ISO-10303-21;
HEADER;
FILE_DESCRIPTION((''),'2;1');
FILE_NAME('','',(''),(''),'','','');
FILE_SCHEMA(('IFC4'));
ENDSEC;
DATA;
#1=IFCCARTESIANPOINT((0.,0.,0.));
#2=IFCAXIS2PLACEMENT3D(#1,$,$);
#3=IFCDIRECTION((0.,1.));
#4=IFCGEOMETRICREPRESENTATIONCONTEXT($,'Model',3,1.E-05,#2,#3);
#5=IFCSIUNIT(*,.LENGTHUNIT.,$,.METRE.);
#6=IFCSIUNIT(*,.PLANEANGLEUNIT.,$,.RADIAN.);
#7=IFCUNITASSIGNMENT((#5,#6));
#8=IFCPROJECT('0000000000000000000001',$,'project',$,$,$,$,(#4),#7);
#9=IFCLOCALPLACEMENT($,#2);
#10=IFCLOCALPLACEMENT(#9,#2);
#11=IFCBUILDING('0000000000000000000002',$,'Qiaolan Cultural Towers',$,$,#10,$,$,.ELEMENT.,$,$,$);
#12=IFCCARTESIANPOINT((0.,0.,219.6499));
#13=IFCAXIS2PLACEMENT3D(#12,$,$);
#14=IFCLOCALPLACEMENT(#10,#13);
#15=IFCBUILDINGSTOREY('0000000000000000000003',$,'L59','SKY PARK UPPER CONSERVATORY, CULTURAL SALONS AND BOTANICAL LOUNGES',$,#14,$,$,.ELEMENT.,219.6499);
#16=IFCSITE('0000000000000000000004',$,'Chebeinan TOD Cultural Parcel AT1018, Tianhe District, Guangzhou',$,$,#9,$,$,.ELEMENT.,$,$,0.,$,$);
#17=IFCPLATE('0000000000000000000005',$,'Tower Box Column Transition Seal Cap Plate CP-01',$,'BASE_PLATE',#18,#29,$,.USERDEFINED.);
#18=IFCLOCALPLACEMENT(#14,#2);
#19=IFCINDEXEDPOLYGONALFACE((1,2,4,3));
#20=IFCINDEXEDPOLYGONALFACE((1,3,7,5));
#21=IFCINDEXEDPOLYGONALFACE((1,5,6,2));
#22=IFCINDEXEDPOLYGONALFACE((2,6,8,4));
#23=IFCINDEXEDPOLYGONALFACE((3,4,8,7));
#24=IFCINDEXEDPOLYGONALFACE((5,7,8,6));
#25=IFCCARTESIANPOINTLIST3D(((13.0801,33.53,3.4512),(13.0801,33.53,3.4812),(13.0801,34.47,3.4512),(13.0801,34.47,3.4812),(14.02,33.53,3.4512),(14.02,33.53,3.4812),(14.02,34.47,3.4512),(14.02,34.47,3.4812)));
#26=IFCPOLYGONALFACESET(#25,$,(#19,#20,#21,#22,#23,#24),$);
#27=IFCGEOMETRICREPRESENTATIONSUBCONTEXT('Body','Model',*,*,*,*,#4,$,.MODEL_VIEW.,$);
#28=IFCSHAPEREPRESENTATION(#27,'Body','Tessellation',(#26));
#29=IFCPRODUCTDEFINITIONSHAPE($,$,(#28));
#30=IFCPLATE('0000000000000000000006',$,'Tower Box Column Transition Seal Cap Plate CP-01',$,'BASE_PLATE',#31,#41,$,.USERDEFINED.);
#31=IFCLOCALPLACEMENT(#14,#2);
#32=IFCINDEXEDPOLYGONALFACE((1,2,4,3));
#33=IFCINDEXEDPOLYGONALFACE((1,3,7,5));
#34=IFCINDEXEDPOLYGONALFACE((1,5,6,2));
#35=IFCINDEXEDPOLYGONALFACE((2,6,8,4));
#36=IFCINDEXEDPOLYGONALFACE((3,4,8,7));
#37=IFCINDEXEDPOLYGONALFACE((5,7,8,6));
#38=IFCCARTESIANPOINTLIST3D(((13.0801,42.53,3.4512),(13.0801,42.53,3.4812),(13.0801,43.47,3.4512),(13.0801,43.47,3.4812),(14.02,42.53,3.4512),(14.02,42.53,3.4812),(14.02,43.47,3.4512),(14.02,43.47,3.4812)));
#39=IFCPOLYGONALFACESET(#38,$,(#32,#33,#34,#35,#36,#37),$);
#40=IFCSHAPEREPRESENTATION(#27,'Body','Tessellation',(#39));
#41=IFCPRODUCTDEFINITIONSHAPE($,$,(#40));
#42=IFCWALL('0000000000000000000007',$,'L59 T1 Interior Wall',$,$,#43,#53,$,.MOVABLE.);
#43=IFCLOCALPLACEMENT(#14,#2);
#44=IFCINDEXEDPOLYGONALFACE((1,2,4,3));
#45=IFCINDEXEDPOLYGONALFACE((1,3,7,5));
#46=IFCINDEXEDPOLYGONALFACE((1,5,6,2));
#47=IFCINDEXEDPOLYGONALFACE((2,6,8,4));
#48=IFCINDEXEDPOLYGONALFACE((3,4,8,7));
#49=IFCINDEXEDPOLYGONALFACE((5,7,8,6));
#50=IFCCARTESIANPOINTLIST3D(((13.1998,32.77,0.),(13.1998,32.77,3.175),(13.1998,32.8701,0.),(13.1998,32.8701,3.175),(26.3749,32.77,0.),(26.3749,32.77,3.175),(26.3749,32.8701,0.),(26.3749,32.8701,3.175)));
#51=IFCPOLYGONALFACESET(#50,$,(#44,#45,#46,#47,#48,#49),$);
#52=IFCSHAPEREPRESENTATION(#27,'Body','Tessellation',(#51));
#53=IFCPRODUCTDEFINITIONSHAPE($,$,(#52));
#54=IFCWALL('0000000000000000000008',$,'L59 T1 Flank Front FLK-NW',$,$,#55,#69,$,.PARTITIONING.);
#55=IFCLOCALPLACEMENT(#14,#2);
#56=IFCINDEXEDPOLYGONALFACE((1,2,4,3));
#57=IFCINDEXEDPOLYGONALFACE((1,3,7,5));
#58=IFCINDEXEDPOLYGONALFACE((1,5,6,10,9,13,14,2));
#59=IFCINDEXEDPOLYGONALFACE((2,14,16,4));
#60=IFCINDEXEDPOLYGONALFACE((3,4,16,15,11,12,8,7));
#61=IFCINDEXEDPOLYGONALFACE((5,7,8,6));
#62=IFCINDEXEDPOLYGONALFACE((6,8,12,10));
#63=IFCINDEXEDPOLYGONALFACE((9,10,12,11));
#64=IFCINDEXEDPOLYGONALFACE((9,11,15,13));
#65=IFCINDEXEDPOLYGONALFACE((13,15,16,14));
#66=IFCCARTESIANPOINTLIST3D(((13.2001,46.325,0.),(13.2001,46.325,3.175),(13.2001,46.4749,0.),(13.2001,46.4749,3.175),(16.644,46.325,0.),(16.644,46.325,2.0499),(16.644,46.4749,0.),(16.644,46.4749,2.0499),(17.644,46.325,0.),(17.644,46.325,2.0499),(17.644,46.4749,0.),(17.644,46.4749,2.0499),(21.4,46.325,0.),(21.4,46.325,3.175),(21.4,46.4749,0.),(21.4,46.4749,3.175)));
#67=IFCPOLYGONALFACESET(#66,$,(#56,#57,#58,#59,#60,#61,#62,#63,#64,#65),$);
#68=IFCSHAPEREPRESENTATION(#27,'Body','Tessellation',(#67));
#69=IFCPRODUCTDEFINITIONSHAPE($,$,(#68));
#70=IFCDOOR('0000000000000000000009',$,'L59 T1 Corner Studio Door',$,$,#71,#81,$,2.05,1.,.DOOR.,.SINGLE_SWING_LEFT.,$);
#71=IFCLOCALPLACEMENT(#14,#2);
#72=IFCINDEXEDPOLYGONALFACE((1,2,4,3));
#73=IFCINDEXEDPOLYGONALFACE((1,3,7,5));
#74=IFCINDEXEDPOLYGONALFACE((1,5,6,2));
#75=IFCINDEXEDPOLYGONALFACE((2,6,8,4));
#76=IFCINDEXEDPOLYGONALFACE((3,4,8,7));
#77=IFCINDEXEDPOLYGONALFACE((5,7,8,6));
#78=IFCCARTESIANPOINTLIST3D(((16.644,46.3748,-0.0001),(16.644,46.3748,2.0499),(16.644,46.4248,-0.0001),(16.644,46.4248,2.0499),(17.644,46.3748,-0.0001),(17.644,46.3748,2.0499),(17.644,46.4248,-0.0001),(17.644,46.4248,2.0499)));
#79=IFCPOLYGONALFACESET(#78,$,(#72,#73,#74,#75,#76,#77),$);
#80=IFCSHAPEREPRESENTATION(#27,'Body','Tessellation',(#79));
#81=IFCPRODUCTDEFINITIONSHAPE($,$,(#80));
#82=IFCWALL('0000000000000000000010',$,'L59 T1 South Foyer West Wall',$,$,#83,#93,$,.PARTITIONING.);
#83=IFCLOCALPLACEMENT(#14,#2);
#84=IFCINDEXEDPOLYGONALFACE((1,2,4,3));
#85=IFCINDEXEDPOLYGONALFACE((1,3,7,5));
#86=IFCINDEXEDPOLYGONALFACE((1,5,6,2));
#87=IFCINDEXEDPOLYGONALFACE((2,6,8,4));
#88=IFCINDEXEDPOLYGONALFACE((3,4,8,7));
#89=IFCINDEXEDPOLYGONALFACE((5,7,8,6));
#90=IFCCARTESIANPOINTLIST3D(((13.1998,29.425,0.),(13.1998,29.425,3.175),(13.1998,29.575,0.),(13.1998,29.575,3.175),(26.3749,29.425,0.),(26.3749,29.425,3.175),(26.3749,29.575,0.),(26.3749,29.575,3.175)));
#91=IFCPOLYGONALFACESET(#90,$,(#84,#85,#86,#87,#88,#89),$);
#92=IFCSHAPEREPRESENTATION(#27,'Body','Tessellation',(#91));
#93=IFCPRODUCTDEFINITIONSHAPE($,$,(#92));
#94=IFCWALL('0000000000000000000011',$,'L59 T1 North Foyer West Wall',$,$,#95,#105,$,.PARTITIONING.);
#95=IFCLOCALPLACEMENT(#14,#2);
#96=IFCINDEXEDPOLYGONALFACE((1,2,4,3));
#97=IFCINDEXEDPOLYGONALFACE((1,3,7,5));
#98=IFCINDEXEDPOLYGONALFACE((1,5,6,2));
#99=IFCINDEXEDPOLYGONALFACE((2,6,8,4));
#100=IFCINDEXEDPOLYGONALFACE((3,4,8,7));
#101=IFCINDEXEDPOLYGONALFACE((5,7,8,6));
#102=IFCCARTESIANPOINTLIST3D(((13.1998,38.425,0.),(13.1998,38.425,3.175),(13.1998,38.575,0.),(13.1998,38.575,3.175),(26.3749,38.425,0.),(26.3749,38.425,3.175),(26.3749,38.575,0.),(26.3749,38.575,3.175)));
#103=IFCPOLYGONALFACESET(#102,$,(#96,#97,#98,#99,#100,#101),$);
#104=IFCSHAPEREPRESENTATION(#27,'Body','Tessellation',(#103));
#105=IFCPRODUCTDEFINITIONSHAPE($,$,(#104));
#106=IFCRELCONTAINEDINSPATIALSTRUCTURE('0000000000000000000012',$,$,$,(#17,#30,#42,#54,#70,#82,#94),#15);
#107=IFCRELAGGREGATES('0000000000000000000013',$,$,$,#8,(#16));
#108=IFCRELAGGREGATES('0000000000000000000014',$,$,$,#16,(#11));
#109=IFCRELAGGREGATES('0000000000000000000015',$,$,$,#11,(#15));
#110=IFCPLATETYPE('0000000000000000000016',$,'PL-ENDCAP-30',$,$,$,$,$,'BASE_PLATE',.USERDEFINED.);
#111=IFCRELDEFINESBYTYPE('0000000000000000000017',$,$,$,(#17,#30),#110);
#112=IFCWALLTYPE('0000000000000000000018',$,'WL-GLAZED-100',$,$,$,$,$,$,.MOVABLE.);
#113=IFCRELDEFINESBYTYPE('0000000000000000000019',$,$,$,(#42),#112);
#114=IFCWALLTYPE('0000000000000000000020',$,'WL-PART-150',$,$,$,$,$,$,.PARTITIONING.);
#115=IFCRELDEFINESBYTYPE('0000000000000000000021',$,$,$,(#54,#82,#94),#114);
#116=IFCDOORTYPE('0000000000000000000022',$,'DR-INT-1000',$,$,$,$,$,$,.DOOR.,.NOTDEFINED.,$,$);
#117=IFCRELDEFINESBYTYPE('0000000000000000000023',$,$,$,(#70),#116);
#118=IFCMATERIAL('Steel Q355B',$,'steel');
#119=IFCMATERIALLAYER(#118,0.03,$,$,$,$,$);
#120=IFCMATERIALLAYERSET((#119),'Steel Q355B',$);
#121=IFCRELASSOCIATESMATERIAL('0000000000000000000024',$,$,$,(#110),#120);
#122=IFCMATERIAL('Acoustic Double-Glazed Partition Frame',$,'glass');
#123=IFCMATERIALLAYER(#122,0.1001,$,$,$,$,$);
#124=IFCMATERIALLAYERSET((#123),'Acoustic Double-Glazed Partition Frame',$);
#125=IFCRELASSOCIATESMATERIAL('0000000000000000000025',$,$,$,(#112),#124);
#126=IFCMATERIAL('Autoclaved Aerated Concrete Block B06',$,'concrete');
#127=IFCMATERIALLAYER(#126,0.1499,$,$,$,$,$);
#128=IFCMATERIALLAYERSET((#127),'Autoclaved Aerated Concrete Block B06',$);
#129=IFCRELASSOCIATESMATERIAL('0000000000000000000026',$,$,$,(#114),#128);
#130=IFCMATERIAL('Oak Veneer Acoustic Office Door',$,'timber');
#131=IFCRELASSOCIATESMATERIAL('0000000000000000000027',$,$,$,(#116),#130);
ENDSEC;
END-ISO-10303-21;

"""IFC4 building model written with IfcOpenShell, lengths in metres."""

from ifc_helpers import new_model, si_unit, direction, frame, frame_2d, origin, origin_2d, place, context, subcontext, project, spatial, rectangle, extrude, material, layer, layer_set, type_object, element, fill, save


model = new_model("IFC4")

# Units and contexts
model_context = context("Model", 3, precision=1e-05, world=origin(), true_north=direction((0.0, 1.0)))
body_context = subcontext(model_context, "Body", "Model", "MODEL_VIEW")
ifc_project = project(units=[si_unit("LENGTHUNIT", "METRE"), si_unit("PLANEANGLEUNIT", "RADIAN")], contexts=[model_context])

# Site, building, storey
site_placement = place(None, origin())
site = spatial("IfcSite", under=ifc_project, at=site_placement, Name="Chebeinan TOD Cultural Parcel AT1018, Tianhe District, Guangzhou", CompositionType="ELEMENT", RefElevation=0.0)
building_placement = place(site_placement, origin())
building = spatial("IfcBuilding", under=site, at=building_placement, Name="Qiaolan Cultural Towers", CompositionType="ELEMENT")
storey_placement = place(building_placement, frame((0.0, 0.0, 219.6499)))
storey = spatial("IfcBuildingStorey", under=building, at=storey_placement, Name="L59", Description="SKY PARK UPPER CONSERVATORY, CULTURAL SALONS AND BOTANICAL LOUNGES", CompositionType="ELEMENT", Elevation=219.6499)

# Plates
ifc_material_1 = material(Name="Steel Q355B", Category="steel")
ifc_layer_1 = layer(ifc_material_1, 0.03)
ifc_layer_set_1 = layer_set([ifc_layer_1], Name="Steel Q355B")
plate_type_1 = type_object("IfcPlateType", Name="PL-ENDCAP-30", ElementType="BASE_PLATE", PredefinedType="USERDEFINED", material=ifc_layer_set_1)
for number, where, z_axis, x_axis, name in (
    (1, (13.55, 34.0, 3.4512), (0.0, 0.0, 1.0), (1.0, 0.0, 0.0), "Tower Box Column Transition Seal Cap Plate CP-01"),
    (2, (13.55, 43.0, 3.4512), (0.0, 0.0, 1.0), (1.0, 0.0, 0.0), "Tower Box Column Transition Seal Cap Plate CP-01"),
):
    element("IfcPlate", number, at=place(storey_placement, frame(where, z_axis=z_axis, x_axis=x_axis)), inside=storey, type_object=plate_type_1, Name=name, ObjectType="BASE_PLATE", PredefinedType="USERDEFINED", context=body_context, shape_type="SweptSolid", body=[
        extrude(rectangle(XDim=0.9399, YDim=0.9399, at=origin_2d()), origin(), (0.0, 0.0, 1.0), 0.03),
    ])

# Wall
ifc_material_2 = material(Name="Acoustic Double-Glazed Partition Frame", Category="glass")
ifc_layer_2 = layer(ifc_material_2, 0.1001)
ifc_layer_set_2 = layer_set([ifc_layer_2], Name="Acoustic Double-Glazed Partition Frame")
wall_type_1 = type_object("IfcWallType", Name="WL-GLAZED-100", PredefinedType="MOVABLE", material=ifc_layer_set_2)
wall_1_placement = place(storey_placement, frame((13.2, 32.8201, 0.0), z_axis=(0.0, 0.0, 1.0), x_axis=(1.0, 0.0, 0.0)))
element("IfcWall", 3, at=wall_1_placement, inside=storey, type_object=wall_type_1, Name="L59 T1 Interior Wall", PredefinedType="MOVABLE", context=body_context, shape_type="SweptSolid", body=[
    extrude(rectangle(XDim=13.175, YDim=0.1001, at=frame_2d((6.5874, 0.0))), origin(), (0.0, 0.0, 1.0), 3.175),
])

# Wall, opening, door
ifc_material_3 = material(Name="Autoclaved Aerated Concrete Block B06", Category="concrete")
ifc_layer_3 = layer(ifc_material_3, 0.1499)
ifc_layer_set_3 = layer_set([ifc_layer_3], Name="Autoclaved Aerated Concrete Block B06")
wall_type_2 = type_object("IfcWallType", Name="WL-PART-150", PredefinedType="PARTITIONING", material=ifc_layer_set_3)
wall_2_placement = place(storey_placement, frame((13.2, 46.3999, 0.0), z_axis=(0.0, 0.0, 1.0), x_axis=(1.0, 0.0, 0.0)))
wall_2 = element("IfcWall", 4, at=wall_2_placement, inside=storey, type_object=wall_type_2, Name="L59 T1 Flank Front FLK-NW", PredefinedType="PARTITIONING", context=body_context, shape_type="SweptSolid", body=[
    extrude(rectangle(XDim=8.2, YDim=0.1499, at=frame_2d((4.1001, 0.0))), origin(), (0.0, 0.0, 1.0), 3.175),
])
opening_placement = place(wall_2_placement, frame((3.4441, 0.0, 0.0)))
opening = element("IfcOpeningElement", 5, at=opening_placement, cuts=wall_2, PredefinedType="OPENING", context=body_context, shape_type="SweptSolid", body=[
    extrude(rectangle(XDim=1.0, YDim=2.05, at=frame_2d((0.5, 1.0249))), frame((0.0, 0.085, 0.0), z_axis=(0.0, -1.0, 0.0), x_axis=(1.0, 0.0, 0.0)), (0.0, 0.0, 1.0), 0.1699),
])
ifc_material_4 = material(Name="Oak Veneer Acoustic Office Door", Category="timber")
door_type = type_object("IfcDoorType", Name="DR-INT-1000", OperationType="NOTDEFINED", PredefinedType="DOOR", material=ifc_material_4)
door_placement = place(opening_placement, origin())
door = element("IfcDoor", 6, at=door_placement, inside=storey, type_object=door_type, Name="L59 T1 Corner Studio Door", OperationType="SINGLE_SWING_LEFT", OverallHeight=2.05, OverallWidth=1.0, PredefinedType="DOOR", context=body_context, shape_type="SweptSolid", body=[
    extrude(rectangle(XDim=1.0, YDim=2.05, at=frame_2d((0.5, 1.0249))), frame((0.0, 0.0249, 0.0), z_axis=(0.0, -1.0, 0.0), x_axis=(1.0, 0.0, 0.0)), (0.0, 0.0, 1.0), 0.05),
])
fill(opening, door)

# Walls
for number, where, z_axis, x_axis, name in (
    (7, (13.2, 29.5, 0.0), (0.0, 0.0, 1.0), (1.0, 0.0, 0.0), "L59 T1 South Foyer West Wall"),
    (8, (13.2, 38.5, 0.0), (0.0, 0.0, 1.0), (1.0, 0.0, 0.0), "L59 T1 North Foyer West Wall"),
):
    element("IfcWall", number, at=place(storey_placement, frame(where, z_axis=z_axis, x_axis=x_axis)), inside=storey, type_object=wall_type_2, Name=name, PredefinedType="PARTITIONING", context=body_context, shape_type="SweptSolid", body=[
        extrude(rectangle(XDim=13.175, YDim=0.1499, at=frame_2d((6.5874, 0.0))), origin(), (0.0, 0.0, 1.0), 3.175),
    ])

save(model, "model.ifc")
